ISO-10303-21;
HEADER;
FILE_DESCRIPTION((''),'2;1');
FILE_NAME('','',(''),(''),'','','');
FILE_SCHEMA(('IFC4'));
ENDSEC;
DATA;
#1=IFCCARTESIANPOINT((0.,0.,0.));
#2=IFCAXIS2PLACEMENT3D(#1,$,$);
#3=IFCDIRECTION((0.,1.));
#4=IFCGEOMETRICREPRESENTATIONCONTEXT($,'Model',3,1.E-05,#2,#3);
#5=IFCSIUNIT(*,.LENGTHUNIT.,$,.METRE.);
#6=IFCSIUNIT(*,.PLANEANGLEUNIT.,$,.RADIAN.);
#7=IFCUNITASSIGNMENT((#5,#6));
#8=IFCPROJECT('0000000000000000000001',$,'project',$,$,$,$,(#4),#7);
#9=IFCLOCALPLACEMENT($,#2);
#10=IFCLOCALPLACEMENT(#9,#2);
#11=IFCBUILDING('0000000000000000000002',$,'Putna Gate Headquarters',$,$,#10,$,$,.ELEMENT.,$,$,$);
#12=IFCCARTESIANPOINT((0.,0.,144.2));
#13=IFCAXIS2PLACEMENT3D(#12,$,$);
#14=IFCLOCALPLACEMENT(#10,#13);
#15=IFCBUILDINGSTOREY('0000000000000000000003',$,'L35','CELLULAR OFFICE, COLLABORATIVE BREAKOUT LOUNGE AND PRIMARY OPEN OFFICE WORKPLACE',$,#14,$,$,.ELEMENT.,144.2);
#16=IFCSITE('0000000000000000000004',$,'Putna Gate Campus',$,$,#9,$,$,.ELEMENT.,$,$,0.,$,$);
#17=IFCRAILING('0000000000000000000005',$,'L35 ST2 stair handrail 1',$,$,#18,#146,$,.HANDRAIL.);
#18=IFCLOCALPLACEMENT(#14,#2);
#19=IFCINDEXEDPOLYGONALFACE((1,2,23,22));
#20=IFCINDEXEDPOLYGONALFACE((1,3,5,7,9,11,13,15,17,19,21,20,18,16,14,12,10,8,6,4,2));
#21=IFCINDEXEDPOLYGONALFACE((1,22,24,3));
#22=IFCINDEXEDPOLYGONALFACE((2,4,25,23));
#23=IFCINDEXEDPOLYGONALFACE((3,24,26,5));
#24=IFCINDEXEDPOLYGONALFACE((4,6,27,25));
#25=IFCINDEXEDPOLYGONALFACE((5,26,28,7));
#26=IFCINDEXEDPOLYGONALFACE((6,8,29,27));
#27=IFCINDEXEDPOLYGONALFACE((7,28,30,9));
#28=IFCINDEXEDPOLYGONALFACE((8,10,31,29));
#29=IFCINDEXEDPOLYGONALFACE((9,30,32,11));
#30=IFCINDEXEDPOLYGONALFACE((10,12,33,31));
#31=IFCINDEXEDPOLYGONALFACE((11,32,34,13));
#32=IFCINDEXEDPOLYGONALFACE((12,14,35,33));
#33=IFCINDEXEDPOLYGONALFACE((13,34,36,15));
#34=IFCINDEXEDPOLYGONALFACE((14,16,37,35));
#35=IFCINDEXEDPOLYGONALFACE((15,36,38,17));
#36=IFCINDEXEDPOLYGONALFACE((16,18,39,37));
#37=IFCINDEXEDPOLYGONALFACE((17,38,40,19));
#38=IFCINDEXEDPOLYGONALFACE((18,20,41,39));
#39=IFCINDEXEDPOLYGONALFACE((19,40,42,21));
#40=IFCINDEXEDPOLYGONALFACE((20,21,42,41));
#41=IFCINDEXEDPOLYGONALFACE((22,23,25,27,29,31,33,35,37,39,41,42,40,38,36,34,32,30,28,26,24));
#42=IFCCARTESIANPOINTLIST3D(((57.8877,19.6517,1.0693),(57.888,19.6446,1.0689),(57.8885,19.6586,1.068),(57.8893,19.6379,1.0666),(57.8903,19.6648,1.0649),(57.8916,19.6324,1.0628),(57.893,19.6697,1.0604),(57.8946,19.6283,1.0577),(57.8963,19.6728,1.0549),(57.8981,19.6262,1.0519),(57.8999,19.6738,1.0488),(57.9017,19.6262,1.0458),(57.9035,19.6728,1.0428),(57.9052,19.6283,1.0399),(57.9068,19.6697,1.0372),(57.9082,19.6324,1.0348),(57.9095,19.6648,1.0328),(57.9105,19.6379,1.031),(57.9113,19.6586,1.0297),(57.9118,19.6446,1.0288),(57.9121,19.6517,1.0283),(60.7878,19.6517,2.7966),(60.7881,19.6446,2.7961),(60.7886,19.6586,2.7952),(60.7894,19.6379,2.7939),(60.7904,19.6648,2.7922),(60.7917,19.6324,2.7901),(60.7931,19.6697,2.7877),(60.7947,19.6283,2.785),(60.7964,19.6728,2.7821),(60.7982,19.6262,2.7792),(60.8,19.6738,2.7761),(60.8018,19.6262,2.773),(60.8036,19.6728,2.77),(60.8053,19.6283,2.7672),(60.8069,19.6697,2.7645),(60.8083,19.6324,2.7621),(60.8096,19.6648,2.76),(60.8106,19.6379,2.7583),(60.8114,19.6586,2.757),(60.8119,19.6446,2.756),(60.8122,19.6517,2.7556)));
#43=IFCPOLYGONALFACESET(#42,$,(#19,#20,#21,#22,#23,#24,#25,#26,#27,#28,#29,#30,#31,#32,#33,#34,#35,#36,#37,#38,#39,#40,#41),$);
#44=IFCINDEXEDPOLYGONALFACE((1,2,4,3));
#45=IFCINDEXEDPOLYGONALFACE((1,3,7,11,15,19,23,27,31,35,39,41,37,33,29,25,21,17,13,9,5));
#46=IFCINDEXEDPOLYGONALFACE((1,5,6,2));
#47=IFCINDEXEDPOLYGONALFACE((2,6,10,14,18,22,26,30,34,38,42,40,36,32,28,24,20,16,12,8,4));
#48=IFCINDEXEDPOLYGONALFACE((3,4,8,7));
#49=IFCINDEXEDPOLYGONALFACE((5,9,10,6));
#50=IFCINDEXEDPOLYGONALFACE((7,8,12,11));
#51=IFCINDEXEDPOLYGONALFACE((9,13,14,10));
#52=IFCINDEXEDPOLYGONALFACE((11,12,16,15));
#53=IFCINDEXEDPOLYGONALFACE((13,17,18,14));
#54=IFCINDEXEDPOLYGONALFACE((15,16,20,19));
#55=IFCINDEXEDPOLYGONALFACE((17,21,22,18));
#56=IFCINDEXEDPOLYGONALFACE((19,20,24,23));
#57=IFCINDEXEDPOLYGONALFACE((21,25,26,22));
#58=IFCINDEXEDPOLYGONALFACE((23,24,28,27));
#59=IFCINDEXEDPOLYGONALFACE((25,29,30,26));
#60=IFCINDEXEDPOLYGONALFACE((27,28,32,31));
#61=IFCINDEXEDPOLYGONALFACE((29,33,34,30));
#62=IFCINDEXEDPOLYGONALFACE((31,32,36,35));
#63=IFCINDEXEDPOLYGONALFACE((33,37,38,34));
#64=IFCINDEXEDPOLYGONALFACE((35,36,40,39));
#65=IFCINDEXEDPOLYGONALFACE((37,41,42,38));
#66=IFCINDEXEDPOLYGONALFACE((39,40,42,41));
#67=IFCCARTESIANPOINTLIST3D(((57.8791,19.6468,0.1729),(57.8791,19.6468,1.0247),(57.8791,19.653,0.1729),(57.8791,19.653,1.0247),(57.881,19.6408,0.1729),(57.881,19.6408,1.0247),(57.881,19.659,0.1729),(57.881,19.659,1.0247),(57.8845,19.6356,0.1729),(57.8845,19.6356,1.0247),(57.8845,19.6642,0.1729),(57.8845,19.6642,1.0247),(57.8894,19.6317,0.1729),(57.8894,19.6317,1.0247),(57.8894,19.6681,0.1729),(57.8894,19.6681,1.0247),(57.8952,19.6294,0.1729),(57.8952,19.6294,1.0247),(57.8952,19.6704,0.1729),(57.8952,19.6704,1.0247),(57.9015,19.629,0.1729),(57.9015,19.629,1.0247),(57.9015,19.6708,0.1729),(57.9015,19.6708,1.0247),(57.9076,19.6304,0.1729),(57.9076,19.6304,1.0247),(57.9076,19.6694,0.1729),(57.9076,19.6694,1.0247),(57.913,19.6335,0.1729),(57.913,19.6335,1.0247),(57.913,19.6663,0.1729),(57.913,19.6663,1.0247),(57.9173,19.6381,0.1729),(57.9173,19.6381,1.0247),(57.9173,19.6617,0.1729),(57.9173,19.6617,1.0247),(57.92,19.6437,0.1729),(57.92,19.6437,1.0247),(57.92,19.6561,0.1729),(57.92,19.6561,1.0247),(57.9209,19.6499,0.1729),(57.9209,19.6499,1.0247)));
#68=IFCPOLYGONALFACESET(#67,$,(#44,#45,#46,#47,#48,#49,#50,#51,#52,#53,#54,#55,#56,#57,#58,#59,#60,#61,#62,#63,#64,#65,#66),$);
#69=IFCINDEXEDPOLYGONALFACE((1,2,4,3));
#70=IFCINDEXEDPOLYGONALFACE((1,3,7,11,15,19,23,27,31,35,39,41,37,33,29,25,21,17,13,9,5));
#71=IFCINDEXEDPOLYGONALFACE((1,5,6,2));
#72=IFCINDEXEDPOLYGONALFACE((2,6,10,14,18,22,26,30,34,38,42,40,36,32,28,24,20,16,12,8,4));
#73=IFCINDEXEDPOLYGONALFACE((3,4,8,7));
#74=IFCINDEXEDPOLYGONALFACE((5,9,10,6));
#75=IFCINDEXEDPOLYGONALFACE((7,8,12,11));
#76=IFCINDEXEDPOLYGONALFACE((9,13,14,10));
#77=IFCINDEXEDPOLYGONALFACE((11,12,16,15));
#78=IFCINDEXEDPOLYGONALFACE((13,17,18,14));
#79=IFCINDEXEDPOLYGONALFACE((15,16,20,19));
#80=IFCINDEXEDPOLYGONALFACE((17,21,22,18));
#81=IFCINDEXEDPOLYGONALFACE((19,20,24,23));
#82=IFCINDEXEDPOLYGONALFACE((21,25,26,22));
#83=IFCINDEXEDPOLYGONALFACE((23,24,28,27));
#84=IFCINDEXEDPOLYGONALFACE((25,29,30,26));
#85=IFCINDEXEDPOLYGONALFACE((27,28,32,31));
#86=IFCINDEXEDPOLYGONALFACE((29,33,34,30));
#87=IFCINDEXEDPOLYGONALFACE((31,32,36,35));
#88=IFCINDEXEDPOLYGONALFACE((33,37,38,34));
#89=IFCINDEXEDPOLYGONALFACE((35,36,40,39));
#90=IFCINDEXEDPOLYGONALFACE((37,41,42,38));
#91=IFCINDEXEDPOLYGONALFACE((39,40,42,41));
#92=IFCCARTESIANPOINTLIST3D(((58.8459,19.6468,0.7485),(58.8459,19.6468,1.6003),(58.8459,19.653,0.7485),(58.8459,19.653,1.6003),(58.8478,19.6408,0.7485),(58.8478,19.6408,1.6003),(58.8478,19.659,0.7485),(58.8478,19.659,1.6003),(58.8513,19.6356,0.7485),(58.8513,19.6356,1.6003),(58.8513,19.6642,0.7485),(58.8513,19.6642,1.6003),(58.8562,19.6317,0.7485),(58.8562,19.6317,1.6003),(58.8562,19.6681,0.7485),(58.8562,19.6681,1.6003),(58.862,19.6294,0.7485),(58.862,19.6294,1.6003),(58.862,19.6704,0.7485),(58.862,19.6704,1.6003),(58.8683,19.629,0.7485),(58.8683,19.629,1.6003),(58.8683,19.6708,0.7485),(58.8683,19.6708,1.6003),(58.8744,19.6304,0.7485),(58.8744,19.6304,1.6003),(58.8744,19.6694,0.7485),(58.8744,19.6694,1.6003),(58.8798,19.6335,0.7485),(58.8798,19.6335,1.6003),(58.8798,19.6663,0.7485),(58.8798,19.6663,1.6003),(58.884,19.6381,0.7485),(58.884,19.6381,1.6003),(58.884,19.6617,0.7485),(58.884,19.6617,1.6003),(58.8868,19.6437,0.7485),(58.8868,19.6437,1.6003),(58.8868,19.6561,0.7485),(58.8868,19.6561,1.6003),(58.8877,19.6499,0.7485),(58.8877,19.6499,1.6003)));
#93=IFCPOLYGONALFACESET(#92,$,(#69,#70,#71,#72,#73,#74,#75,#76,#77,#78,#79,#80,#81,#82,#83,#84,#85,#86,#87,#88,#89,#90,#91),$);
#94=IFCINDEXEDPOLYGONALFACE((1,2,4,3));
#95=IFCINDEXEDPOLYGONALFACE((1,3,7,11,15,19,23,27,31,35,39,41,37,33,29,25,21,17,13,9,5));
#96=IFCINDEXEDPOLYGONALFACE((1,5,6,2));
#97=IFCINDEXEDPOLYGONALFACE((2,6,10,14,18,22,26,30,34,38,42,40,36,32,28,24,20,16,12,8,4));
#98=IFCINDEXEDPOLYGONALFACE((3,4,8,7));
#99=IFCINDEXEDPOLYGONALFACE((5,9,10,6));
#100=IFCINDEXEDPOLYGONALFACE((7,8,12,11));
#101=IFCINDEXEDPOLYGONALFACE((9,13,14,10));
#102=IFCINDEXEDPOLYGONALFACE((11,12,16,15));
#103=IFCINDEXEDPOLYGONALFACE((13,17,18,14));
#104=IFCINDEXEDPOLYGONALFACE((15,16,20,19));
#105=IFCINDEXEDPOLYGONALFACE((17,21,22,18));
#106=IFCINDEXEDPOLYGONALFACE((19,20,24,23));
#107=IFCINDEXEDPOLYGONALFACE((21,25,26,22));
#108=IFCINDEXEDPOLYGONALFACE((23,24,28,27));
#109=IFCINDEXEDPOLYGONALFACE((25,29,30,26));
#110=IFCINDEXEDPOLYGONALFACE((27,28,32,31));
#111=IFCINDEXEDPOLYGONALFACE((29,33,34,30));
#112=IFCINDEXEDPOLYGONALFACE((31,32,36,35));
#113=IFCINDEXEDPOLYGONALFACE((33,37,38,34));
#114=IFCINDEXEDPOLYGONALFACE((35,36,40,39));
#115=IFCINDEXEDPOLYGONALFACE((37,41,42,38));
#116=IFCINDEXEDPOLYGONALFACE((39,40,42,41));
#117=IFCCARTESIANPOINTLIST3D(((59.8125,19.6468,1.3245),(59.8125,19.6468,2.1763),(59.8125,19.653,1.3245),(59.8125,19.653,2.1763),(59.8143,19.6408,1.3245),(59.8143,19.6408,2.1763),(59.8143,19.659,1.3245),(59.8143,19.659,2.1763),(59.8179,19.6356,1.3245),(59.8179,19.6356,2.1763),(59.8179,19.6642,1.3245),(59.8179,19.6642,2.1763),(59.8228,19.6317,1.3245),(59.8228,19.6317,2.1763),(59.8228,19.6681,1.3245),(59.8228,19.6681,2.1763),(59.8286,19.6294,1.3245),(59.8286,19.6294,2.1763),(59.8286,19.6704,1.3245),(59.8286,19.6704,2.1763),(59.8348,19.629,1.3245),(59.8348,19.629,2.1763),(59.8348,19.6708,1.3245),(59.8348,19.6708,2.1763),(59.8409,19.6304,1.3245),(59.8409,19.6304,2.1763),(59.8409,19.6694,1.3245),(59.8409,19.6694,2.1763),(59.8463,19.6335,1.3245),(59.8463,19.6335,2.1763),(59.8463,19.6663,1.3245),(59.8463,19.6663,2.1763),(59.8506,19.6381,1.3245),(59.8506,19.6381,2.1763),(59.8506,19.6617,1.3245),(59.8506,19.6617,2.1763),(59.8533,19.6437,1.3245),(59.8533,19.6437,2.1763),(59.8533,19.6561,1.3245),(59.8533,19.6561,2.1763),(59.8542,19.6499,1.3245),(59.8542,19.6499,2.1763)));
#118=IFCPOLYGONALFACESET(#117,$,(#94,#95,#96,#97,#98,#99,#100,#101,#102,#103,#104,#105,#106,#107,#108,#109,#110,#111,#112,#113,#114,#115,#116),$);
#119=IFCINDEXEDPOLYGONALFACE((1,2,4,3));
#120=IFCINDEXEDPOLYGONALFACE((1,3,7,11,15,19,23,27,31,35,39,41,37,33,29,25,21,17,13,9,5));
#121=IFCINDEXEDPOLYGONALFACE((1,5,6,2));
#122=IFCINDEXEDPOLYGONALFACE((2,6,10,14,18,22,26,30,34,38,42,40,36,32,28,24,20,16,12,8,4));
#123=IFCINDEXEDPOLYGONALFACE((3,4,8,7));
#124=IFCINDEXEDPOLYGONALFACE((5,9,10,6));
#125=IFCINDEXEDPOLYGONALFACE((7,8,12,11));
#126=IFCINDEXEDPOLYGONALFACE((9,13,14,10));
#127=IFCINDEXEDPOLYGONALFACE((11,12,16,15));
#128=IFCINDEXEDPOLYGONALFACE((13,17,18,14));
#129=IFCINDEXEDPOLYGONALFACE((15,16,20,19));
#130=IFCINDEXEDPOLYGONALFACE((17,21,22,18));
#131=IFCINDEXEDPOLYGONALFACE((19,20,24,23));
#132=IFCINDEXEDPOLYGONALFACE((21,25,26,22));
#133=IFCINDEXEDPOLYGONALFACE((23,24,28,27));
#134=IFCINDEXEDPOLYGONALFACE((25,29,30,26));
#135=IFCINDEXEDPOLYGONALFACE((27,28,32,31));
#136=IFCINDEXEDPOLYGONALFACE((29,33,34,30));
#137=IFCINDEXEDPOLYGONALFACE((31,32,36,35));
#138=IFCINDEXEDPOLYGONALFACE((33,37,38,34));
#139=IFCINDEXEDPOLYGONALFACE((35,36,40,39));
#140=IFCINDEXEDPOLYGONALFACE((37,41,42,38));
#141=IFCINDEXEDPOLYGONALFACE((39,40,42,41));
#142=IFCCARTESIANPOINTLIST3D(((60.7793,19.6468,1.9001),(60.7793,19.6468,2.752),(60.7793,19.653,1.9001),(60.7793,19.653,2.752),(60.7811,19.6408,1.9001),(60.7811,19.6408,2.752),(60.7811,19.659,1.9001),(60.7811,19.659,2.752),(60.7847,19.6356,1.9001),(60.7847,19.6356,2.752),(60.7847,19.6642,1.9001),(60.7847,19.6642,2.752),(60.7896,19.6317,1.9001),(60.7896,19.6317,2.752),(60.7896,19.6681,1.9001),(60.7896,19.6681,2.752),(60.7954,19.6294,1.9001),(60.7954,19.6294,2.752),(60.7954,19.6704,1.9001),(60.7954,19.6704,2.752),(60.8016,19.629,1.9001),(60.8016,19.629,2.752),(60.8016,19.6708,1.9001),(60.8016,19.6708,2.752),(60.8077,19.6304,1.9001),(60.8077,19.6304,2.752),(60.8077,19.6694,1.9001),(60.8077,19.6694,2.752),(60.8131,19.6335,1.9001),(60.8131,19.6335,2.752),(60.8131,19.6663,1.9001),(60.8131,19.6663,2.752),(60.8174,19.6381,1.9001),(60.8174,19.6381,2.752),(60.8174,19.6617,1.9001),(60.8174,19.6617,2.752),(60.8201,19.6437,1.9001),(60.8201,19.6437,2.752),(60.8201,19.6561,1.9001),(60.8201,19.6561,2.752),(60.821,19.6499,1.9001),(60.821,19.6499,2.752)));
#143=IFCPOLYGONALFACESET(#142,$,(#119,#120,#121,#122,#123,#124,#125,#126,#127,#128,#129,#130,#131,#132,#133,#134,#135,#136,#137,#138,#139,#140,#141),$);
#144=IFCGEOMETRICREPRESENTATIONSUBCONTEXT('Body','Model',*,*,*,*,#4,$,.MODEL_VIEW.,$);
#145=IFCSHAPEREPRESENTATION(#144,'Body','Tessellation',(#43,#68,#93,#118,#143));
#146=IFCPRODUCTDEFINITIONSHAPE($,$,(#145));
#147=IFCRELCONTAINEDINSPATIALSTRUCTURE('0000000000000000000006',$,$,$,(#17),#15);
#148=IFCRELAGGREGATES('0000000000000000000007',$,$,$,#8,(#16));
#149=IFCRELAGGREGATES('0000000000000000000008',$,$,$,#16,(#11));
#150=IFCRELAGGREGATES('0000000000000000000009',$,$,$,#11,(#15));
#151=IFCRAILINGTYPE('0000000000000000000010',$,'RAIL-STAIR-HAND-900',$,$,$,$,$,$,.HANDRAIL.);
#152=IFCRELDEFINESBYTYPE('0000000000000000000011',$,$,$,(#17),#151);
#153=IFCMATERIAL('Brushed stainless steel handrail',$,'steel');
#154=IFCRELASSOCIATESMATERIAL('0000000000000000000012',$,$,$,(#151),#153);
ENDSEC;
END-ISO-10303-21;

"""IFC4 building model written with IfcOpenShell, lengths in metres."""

from ifc_helpers import new_model, si_unit, direction, frame, origin, origin_2d, place, context, subcontext, project, spatial, circle, extrude, material, type_object, element, save


model = new_model("IFC4")

# Units and contexts
model_context = context("Model", 3, precision=1e-05, world=origin(), true_north=direction((0.0, 1.0)))
body_context = subcontext(model_context, "Body", "Model", "MODEL_VIEW")
ifc_project = project(units=[si_unit("LENGTHUNIT", "METRE"), si_unit("PLANEANGLEUNIT", "RADIAN")], contexts=[model_context])

# Site, building, storey
site_placement = place(None, origin())
site = spatial("IfcSite", under=ifc_project, at=site_placement, Name="Putna Gate Campus", CompositionType="ELEMENT", RefElevation=0.0)
building_placement = place(site_placement, origin())
building = spatial("IfcBuilding", under=site, at=building_placement, Name="Putna Gate Headquarters", CompositionType="ELEMENT")
storey_placement = place(building_placement, frame((0.0, 0.0, 144.2)))
storey = spatial("IfcBuildingStorey", under=building, at=storey_placement, Name="L35", Description="CELLULAR OFFICE, COLLABORATIVE BREAKOUT LOUNGE AND PRIMARY OPEN OFFICE WORKPLACE", CompositionType="ELEMENT", Elevation=144.2)

# Railing
ifc_material_1 = material(Name="Brushed stainless steel handrail", Category="steel")
railing_type_1 = type_object("IfcRailingType", Name="RAIL-STAIR-HAND-900", PredefinedType="HANDRAIL", material=ifc_material_1)
railing_1_placement = place(storey_placement, frame((57.8999, 19.6499, 0.1729)))
element("IfcRailing", 1, at=railing_1_placement, inside=storey, type_object=railing_type_1, Name="L35 ST2 stair handrail 1", PredefinedType="HANDRAIL", context=body_context, shape_type="SweptSolid", body=[
    extrude(circle(Radius=0.0239, at=origin_2d()), frame((0.0, 0.0, 0.876), z_axis=(0.85916, 0.0, 0.511706), x_axis=(0.0, 1.0, 0.0)), (0.0, 0.0, 1.0), 3.3755),
    extrude(circle(Radius=0.021, at=origin_2d()), origin(), (0.0, 0.0, 1.0), 0.8518),
    extrude(circle(Radius=0.021, at=origin_2d()), frame((0.9668, 0.0, 0.5757)), (0.0, 0.0, 1.0), 0.8518),
    extrude(circle(Radius=0.021, at=origin_2d()), frame((1.9333, 0.0, 1.1516)), (0.0, 0.0, 1.0), 0.8518),
    extrude(circle(Radius=0.021, at=origin_2d()), frame((2.9001, 0.0, 1.7273)), (0.0, 0.0, 1.0), 0.8518),
])

save(model, "model.ifc")
